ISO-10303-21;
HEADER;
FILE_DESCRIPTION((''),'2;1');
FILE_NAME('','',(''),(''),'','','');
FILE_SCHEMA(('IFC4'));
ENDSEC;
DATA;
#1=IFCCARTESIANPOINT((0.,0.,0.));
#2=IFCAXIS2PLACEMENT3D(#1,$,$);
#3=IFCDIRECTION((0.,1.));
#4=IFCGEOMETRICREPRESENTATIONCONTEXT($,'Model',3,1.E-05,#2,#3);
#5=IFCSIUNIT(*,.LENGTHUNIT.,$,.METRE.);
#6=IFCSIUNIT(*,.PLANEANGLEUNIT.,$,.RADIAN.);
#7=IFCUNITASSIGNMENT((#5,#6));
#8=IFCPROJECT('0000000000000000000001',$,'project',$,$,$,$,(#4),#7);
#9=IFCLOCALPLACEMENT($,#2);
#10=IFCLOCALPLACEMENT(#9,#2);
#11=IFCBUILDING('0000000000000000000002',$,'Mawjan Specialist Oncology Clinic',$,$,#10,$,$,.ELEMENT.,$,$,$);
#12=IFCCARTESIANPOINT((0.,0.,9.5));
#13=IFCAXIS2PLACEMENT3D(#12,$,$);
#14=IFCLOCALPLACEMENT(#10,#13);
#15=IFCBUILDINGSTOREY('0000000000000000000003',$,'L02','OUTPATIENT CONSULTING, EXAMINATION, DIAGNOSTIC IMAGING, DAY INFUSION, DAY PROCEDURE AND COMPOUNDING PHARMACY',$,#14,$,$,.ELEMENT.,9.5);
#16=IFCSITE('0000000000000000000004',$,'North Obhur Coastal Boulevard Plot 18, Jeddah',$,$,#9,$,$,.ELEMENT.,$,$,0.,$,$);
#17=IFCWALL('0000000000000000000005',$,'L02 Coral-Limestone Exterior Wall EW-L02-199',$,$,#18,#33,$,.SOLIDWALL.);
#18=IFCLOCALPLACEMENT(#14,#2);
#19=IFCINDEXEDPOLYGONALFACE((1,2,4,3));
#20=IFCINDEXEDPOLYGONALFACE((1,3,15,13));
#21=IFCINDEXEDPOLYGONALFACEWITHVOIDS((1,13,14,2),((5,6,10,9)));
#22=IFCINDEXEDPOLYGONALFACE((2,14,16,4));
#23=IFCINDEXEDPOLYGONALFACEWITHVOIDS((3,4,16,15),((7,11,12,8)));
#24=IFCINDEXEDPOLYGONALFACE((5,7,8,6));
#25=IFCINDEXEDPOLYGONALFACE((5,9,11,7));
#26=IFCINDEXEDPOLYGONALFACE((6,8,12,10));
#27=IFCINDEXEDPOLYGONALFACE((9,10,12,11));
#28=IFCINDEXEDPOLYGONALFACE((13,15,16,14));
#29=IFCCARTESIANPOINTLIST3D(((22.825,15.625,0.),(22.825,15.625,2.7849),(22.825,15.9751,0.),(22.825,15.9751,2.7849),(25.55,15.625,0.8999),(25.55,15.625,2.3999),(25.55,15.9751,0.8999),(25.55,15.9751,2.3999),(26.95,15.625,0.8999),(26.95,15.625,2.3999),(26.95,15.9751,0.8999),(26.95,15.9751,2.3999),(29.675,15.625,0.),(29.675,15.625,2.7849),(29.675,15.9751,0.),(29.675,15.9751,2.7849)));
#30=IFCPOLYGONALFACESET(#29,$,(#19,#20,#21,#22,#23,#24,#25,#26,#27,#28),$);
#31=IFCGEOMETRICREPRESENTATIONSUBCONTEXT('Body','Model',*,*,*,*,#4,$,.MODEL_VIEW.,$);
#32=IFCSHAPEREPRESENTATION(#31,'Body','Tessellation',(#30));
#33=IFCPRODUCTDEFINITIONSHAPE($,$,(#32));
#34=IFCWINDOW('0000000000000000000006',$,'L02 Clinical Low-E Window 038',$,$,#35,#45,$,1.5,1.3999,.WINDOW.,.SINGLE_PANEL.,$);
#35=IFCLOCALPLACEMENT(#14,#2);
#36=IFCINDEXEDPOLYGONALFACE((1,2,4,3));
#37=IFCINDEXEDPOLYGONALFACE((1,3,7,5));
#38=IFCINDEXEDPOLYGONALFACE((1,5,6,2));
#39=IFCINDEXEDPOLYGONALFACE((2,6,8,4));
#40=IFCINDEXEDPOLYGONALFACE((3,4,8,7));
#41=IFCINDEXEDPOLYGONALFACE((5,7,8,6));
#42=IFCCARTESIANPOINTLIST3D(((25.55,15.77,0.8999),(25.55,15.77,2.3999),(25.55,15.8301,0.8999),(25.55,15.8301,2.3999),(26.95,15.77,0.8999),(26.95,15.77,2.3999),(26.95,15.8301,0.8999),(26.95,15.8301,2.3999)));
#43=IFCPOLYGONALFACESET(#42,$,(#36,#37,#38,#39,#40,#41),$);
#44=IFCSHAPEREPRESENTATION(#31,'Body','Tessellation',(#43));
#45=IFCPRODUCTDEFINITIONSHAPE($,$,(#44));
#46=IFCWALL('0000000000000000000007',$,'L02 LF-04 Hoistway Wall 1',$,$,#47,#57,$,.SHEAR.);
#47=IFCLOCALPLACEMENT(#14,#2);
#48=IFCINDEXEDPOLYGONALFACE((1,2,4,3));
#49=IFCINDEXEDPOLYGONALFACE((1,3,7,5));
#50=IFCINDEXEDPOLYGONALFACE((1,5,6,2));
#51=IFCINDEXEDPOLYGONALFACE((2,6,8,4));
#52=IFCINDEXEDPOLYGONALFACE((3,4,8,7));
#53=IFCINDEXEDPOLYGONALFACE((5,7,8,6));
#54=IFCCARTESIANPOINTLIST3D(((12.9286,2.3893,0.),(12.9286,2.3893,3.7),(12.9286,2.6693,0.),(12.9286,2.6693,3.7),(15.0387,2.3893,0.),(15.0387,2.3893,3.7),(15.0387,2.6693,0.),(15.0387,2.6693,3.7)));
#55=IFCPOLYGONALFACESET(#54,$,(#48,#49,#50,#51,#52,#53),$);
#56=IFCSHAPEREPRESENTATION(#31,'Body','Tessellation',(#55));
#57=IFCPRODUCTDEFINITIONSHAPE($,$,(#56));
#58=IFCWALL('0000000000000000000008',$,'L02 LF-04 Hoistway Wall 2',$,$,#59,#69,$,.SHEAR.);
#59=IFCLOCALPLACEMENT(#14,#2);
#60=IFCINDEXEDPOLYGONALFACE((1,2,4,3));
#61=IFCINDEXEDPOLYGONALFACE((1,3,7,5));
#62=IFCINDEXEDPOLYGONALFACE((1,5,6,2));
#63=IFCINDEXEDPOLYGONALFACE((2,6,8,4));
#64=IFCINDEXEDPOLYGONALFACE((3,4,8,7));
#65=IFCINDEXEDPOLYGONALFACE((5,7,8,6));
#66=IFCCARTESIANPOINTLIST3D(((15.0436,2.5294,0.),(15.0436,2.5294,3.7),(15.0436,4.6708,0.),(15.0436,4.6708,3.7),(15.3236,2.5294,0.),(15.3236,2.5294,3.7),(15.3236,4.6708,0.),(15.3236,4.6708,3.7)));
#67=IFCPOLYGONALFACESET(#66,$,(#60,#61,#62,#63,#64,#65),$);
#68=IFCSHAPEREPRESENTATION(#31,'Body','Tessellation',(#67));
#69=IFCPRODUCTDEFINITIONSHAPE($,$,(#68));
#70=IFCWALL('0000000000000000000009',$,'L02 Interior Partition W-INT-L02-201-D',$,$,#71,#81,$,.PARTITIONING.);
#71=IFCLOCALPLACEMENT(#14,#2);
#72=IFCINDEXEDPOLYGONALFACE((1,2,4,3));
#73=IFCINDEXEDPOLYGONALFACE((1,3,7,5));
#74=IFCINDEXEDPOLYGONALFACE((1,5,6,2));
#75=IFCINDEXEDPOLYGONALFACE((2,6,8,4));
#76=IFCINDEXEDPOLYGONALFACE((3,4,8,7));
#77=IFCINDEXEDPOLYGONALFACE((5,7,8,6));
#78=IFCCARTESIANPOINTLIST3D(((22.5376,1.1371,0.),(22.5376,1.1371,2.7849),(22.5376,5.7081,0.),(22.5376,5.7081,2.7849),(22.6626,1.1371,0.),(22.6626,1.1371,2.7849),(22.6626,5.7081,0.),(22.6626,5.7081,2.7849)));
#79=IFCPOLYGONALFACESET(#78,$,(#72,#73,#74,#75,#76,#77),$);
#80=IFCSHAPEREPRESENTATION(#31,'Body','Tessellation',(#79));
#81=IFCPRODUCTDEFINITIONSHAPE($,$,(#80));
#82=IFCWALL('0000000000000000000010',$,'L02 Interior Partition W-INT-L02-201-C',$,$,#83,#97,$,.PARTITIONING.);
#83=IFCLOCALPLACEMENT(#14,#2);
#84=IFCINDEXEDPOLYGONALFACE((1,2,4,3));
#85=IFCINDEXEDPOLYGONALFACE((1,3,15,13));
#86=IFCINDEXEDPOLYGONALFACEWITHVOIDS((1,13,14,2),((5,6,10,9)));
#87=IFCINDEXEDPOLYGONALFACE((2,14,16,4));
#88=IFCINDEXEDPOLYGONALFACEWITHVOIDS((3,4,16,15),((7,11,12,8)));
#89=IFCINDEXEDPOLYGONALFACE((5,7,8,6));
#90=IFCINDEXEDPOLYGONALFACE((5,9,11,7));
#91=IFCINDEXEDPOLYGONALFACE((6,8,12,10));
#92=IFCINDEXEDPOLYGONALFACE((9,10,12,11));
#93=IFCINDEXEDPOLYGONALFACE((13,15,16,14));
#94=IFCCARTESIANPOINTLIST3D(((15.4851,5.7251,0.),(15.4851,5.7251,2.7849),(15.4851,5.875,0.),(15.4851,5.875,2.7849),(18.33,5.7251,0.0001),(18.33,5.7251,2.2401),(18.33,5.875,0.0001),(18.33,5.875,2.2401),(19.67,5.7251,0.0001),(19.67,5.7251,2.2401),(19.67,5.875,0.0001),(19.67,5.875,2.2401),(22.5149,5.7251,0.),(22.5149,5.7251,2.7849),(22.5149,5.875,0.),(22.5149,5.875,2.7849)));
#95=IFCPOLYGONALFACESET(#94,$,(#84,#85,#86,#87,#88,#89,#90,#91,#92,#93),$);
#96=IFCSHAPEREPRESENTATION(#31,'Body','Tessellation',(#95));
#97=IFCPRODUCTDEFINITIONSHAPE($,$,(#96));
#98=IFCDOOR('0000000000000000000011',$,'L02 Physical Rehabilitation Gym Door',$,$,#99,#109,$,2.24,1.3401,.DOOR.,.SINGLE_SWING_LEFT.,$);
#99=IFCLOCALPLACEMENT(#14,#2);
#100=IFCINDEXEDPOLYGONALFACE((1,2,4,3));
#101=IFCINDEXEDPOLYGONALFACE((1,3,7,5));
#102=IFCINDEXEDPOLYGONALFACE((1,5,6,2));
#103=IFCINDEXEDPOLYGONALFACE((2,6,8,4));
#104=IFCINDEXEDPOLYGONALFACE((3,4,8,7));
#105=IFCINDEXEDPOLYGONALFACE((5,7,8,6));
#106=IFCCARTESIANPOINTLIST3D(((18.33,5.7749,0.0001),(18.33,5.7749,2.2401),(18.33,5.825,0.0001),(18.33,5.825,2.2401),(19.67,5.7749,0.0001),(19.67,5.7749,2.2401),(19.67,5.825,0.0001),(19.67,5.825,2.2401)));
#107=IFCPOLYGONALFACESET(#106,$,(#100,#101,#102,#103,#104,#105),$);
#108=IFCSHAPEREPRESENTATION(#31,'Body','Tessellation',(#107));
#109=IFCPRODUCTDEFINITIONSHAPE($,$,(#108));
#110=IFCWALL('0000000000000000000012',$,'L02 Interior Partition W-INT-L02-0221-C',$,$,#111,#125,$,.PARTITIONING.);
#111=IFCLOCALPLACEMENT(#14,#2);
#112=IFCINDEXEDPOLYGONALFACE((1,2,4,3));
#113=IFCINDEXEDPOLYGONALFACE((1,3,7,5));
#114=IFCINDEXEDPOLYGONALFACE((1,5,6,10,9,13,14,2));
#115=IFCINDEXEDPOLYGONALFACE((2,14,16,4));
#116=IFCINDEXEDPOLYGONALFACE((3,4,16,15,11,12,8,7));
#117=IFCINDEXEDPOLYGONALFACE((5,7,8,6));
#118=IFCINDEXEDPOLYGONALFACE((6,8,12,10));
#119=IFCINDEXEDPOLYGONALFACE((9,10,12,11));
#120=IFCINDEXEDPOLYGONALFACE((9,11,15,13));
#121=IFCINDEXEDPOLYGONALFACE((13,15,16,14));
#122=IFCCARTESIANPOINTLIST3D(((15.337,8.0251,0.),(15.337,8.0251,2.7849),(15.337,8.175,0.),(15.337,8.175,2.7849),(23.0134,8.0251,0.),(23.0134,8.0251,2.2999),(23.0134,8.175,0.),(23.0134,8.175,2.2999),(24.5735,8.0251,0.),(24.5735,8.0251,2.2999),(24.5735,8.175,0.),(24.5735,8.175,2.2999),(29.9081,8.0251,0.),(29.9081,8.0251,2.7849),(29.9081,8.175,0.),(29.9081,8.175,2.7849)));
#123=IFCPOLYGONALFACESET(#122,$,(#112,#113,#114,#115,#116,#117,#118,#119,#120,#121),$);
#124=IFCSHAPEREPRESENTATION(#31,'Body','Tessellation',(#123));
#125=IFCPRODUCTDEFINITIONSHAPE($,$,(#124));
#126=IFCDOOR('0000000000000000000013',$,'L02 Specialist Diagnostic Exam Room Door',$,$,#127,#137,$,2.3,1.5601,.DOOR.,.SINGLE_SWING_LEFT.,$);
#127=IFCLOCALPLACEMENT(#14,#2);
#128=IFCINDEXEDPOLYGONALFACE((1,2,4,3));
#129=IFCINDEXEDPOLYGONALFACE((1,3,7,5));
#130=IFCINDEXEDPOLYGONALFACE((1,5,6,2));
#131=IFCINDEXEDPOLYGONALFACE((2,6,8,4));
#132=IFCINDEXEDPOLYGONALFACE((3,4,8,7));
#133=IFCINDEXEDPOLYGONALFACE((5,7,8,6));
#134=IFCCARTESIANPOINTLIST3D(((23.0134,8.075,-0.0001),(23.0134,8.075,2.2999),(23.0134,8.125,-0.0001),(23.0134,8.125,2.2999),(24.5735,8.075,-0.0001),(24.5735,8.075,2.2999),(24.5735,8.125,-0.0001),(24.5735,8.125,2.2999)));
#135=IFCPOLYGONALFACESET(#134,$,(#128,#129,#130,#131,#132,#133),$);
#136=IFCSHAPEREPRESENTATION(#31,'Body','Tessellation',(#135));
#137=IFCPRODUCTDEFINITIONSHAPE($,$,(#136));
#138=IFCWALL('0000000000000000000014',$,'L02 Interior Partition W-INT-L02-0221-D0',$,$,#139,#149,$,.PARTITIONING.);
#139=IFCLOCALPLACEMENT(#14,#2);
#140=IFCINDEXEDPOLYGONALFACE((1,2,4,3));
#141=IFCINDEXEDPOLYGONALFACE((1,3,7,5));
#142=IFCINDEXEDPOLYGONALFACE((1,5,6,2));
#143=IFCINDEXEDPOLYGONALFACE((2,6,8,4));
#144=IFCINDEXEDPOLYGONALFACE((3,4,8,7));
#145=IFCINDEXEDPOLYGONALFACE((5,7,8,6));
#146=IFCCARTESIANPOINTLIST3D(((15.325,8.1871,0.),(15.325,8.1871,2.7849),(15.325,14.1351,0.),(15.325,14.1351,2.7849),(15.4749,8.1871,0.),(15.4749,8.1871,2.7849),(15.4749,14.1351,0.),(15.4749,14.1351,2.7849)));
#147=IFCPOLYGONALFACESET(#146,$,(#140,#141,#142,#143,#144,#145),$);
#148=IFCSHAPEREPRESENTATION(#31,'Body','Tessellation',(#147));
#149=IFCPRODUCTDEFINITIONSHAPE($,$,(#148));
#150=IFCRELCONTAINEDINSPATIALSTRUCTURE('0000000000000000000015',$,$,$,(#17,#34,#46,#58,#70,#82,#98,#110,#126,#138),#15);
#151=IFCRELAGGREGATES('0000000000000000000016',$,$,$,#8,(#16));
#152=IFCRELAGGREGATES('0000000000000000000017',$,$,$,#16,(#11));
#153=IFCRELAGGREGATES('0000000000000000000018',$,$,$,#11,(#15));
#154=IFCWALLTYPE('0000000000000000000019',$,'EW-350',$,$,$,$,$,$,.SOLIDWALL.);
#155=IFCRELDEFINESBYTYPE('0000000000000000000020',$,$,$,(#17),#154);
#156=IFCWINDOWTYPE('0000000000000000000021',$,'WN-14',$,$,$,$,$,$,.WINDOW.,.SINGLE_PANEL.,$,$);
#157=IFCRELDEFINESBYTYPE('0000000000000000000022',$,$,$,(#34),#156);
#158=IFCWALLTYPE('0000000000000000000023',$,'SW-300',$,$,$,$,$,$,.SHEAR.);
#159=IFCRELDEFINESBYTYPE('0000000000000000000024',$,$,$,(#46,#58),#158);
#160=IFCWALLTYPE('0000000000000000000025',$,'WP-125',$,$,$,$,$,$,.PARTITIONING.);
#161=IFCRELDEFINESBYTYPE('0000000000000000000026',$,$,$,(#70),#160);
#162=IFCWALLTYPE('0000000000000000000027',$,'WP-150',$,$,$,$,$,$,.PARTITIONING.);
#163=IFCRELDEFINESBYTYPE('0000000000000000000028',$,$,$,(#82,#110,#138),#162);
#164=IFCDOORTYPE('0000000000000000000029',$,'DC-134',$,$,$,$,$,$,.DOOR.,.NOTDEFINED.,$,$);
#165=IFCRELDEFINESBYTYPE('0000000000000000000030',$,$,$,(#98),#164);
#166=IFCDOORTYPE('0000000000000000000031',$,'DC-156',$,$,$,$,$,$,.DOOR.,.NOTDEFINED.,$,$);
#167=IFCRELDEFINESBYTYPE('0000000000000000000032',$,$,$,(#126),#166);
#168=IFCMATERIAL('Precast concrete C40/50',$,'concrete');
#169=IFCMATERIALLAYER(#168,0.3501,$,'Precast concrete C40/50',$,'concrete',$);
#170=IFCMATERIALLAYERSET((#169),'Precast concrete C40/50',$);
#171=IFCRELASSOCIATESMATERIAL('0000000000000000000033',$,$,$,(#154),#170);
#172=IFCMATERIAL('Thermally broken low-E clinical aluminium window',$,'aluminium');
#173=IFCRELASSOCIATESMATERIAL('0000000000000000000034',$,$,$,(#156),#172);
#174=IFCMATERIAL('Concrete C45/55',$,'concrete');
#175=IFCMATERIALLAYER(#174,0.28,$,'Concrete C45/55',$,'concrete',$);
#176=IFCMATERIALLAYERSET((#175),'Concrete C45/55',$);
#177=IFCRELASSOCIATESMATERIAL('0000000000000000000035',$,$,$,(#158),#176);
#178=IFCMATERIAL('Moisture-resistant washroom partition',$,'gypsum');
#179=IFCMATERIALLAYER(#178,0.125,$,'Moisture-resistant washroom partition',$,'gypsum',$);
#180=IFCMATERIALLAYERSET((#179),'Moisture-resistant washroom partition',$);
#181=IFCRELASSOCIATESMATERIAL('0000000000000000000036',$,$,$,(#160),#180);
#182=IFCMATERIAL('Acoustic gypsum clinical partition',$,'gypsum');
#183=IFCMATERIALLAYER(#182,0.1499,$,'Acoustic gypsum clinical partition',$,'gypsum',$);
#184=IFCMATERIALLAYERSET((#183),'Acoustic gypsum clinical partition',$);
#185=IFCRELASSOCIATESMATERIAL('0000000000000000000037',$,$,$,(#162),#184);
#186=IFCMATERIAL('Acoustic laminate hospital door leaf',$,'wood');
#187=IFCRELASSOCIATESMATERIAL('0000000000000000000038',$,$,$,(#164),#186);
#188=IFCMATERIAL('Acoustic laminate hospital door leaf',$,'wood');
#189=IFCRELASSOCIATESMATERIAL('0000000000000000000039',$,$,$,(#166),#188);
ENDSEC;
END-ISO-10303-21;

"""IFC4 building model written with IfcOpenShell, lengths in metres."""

from ifc_helpers import new_model, si_unit, direction, frame, frame_2d, origin, place, context, subcontext, project, spatial, rectangle, extrude, material, layer, layer_set, type_object, element, fill, save


model = new_model("IFC4")

# Units and contexts
model_context = context("Model", 3, precision=1e-05, world=origin(), true_north=direction((0.0, 1.0)))
body_context = subcontext(model_context, "Body", "Model", "MODEL_VIEW")
ifc_project = project(units=[si_unit("LENGTHUNIT", "METRE"), si_unit("PLANEANGLEUNIT", "RADIAN")], contexts=[model_context])

# Site, building, storey
site_placement = place(None, origin())
site = spatial("IfcSite", under=ifc_project, at=site_placement, Name="North Obhur Coastal Boulevard Plot 18, Jeddah", CompositionType="ELEMENT", RefElevation=0.0)
building_placement = place(site_placement, origin())
building = spatial("IfcBuilding", under=site, at=building_placement, Name="Mawjan Specialist Oncology Clinic", CompositionType="ELEMENT")
storey_placement = place(building_placement, frame((0.0, 0.0, 9.5)))
storey = spatial("IfcBuildingStorey", under=building, at=storey_placement, Name="L02", Description="OUTPATIENT CONSULTING, EXAMINATION, DIAGNOSTIC IMAGING, DAY INFUSION, DAY PROCEDURE AND COMPOUNDING PHARMACY", CompositionType="ELEMENT", Elevation=9.5)

# Shared definitions
ifc_material_1 = material(Name="Precast concrete C40/50", Category="concrete")
ifc_layer_1 = layer(ifc_material_1, 0.3501, Name="Precast concrete C40/50", Category="concrete")
ifc_layer_set_1 = layer_set([ifc_layer_1], Name="Precast concrete C40/50")
wall_type_1 = type_object("IfcWallType", Name="EW-350", PredefinedType="SOLIDWALL", material=ifc_layer_set_1)

# Wall, opening, window
wall_1_placement = place(storey_placement, frame((22.825, 15.8, 0.0), z_axis=(0.0, 0.0, 1.0), x_axis=(1.0, 0.0, 0.0)))
wall_1 = element("IfcWall", 1, at=wall_1_placement, inside=storey, type_object=wall_type_1, Name="L02 Coral-Limestone Exterior Wall EW-L02-199", PredefinedType="SOLIDWALL", context=body_context, shape_type="SweptSolid", body=[
    extrude(rectangle(XDim=6.8501, YDim=0.3501, at=frame_2d((3.425, 0.0))), origin(), (0.0, 0.0, 1.0), 2.7849),
])
opening_1_placement = place(wall_1_placement, frame((2.7251, 0.0, 0.8999)))
opening_1 = element("IfcOpeningElement", 2, at=opening_1_placement, cuts=wall_1, PredefinedType="OPENING", context=body_context, shape_type="SweptSolid", body=[
    extrude(rectangle(XDim=1.3999, YDim=1.5, at=frame_2d((0.7, 0.75))), frame((0.0, 0.187, 0.0), z_axis=(0.0, -1.0, 0.0), x_axis=(1.0, 0.0, 0.0)), (0.0, 0.0, 1.0), 0.374),
])
ifc_material_2 = material(Name="Thermally broken low-E clinical aluminium window", Category="aluminium")
window_type = type_object("IfcWindowType", Name="WN-14", PartitioningType="SINGLE_PANEL", PredefinedType="WINDOW", material=ifc_material_2)
window_placement = place(opening_1_placement, origin())
window = element("IfcWindow", 3, at=window_placement, inside=storey, type_object=window_type, Name="L02 Clinical Low-E Window 038", OverallHeight=1.5, OverallWidth=1.3999, PartitioningType="SINGLE_PANEL", PredefinedType="WINDOW", context=body_context, shape_type="SweptSolid", body=[
    extrude(rectangle(XDim=1.3999, YDim=1.5, at=frame_2d((0.7, 0.75))), frame((0.0, 0.03, 0.0), z_axis=(0.0, -1.0, 0.0), x_axis=(1.0, 0.0, 0.0)), (0.0, 0.0, 1.0), 0.0601),
])
fill(opening_1, window)

# Walls
ifc_material_3 = material(Name="Concrete C45/55", Category="concrete")
ifc_layer_2 = layer(ifc_material_3, 0.28, Name="Concrete C45/55", Category="concrete")
ifc_layer_set_2 = layer_set([ifc_layer_2], Name="Concrete C45/55")
wall_type_2 = type_object("IfcWallType", Name="SW-300", PredefinedType="SHEAR", material=ifc_layer_set_2)
wall_2_placement = place(storey_placement, frame((12.9285, 2.5293, 0.0), z_axis=(0.0, 0.0, 1.0), x_axis=(1.0, 0.0, 0.0)))
element("IfcWall", 4, at=wall_2_placement, inside=storey, type_object=wall_type_2, Name="L02 LF-04 Hoistway Wall 1", PredefinedType="SHEAR", context=body_context, shape_type="SweptSolid", body=[
    extrude(rectangle(XDim=2.1101, YDim=0.28, at=frame_2d((1.0552, 0.0))), origin(), (0.0, 0.0, 1.0), 3.7),
])
wall_3_placement = place(storey_placement, frame((15.1836, 2.5293, 0.0), z_axis=(0.0, 0.0, 1.0), x_axis=(0.0, 1.0, 0.0)))
element("IfcWall", 5, at=wall_3_placement, inside=storey, type_object=wall_type_2, Name="L02 LF-04 Hoistway Wall 2", PredefinedType="SHEAR", context=body_context, shape_type="SweptSolid", body=[
    extrude(rectangle(XDim=2.1414, YDim=0.28, at=frame_2d((1.0708, 0.0))), origin(), (0.0, 0.0, 1.0), 3.7),
])

# Wall
ifc_material_4 = material(Name="Moisture-resistant washroom partition", Category="gypsum")
ifc_layer_3 = layer(ifc_material_4, 0.125, Name="Moisture-resistant washroom partition", Category="gypsum")
ifc_layer_set_3 = layer_set([ifc_layer_3], Name="Moisture-resistant washroom partition")
wall_type_3 = type_object("IfcWallType", Name="WP-125", PredefinedType="PARTITIONING", material=ifc_layer_set_3)
wall_4_placement = place(storey_placement, frame((22.6001, 1.137, 0.0), z_axis=(0.0, 0.0, 1.0), x_axis=(0.0, 1.0, 0.0)))
element("IfcWall", 6, at=wall_4_placement, inside=storey, type_object=wall_type_3, Name="L02 Interior Partition W-INT-L02-201-D", PredefinedType="PARTITIONING", context=body_context, shape_type="SweptSolid", body=[
    extrude(rectangle(XDim=4.571, YDim=0.125, at=frame_2d((2.2856, 0.0))), origin(), (0.0, 0.0, 1.0), 2.7849),
])

# Walls, openings, doors
ifc_material_5 = material(Name="Acoustic gypsum clinical partition", Category="gypsum")
ifc_layer_4 = layer(ifc_material_5, 0.1499, Name="Acoustic gypsum clinical partition", Category="gypsum")
ifc_layer_set_4 = layer_set([ifc_layer_4], Name="Acoustic gypsum clinical partition")
wall_type_4 = type_object("IfcWallType", Name="WP-150", PredefinedType="PARTITIONING", material=ifc_layer_set_4)
wall_5_placement = place(storey_placement, frame((15.4851, 5.8, 0.0), z_axis=(0.0, 0.0, 1.0), x_axis=(1.0, 0.0, 0.0)))
wall_5 = element("IfcWall", 7, at=wall_5_placement, inside=storey, type_object=wall_type_4, Name="L02 Interior Partition W-INT-L02-201-C", PredefinedType="PARTITIONING", context=body_context, shape_type="SweptSolid", body=[
    extrude(rectangle(XDim=7.0298, YDim=0.1499, at=frame_2d((3.5149, 0.0))), origin(), (0.0, 0.0, 1.0), 2.7849),
])
opening_2_placement = place(wall_5_placement, frame((2.845, 0.0, 0.0)))
opening_2 = element("IfcOpeningElement", 8, at=opening_2_placement, cuts=wall_5, PredefinedType="OPENING", context=body_context, shape_type="SweptSolid", body=[
    extrude(rectangle(XDim=1.3401, YDim=2.24, at=frame_2d((0.6699, 1.1201))), frame((0.0, 0.0869, 0.0), z_axis=(0.0, -1.0, 0.0), x_axis=(1.0, 0.0, 0.0)), (0.0, 0.0, 1.0), 0.1738),
])
ifc_material_6 = material(Name="Acoustic laminate hospital door leaf", Category="wood")
door_type_1 = type_object("IfcDoorType", Name="DC-134", OperationType="NOTDEFINED", PredefinedType="DOOR", material=ifc_material_6)
door_1_placement = place(opening_2_placement, origin())
door_1 = element("IfcDoor", 9, at=door_1_placement, inside=storey, type_object=door_type_1, Name="L02 Physical Rehabilitation Gym Door", OperationType="SINGLE_SWING_LEFT", OverallHeight=2.24, OverallWidth=1.3401, PredefinedType="DOOR", context=body_context, shape_type="SweptSolid", body=[
    extrude(rectangle(XDim=1.3401, YDim=2.24, at=frame_2d((0.6699, 1.1201))), frame((0.0, 0.0249, 0.0), z_axis=(0.0, -1.0, 0.0), x_axis=(1.0, 0.0, 0.0)), (0.0, 0.0, 1.0), 0.05),
])
fill(opening_2, door_1)
wall_6_placement = place(storey_placement, frame((15.3369, 8.1001, 0.0), z_axis=(0.0, 0.0, 1.0), x_axis=(1.0, 0.0, 0.0)))
wall_6 = element("IfcWall", 10, at=wall_6_placement, inside=storey, type_object=wall_type_4, Name="L02 Interior Partition W-INT-L02-0221-C", PredefinedType="PARTITIONING", context=body_context, shape_type="SweptSolid", body=[
    extrude(rectangle(XDim=14.571, YDim=0.1499, at=frame_2d((7.2856, 0.0))), origin(), (0.0, 0.0, 1.0), 2.7849),
])
opening_3_placement = place(wall_6_placement, frame((7.6765, 0.0, 0.0)))
opening_3 = element("IfcOpeningElement", 11, at=opening_3_placement, cuts=wall_6, PredefinedType="OPENING", context=body_context, shape_type="SweptSolid", body=[
    extrude(rectangle(XDim=1.5601, YDim=2.3, at=frame_2d((0.78, 1.1499))), frame((0.0, 0.0869, 0.0), z_axis=(0.0, -1.0, 0.0), x_axis=(1.0, 0.0, 0.0)), (0.0, 0.0, 1.0), 0.1738),
])
ifc_material_7 = material(Name="Acoustic laminate hospital door leaf", Category="wood")
door_type_2 = type_object("IfcDoorType", Name="DC-156", OperationType="NOTDEFINED", PredefinedType="DOOR", material=ifc_material_7)
door_2_placement = place(opening_3_placement, origin())
door_2 = element("IfcDoor", 12, at=door_2_placement, inside=storey, type_object=door_type_2, Name="L02 Specialist Diagnostic Exam Room Door", OperationType="SINGLE_SWING_LEFT", OverallHeight=2.3, OverallWidth=1.5601, PredefinedType="DOOR", context=body_context, shape_type="SweptSolid", body=[
    extrude(rectangle(XDim=1.5601, YDim=2.3, at=frame_2d((0.78, 1.1499))), frame((0.0, 0.0249, 0.0), z_axis=(0.0, -1.0, 0.0), x_axis=(1.0, 0.0, 0.0)), (0.0, 0.0, 1.0), 0.05),
])
fill(opening_3, door_2)

# Wall
wall_7_placement = place(storey_placement, frame((15.3999, 8.187, 0.0), z_axis=(0.0, 0.0, 1.0), x_axis=(0.0, 1.0, 0.0)))
element("IfcWall", 13, at=wall_7_placement, inside=storey, type_object=wall_type_4, Name="L02 Interior Partition W-INT-L02-0221-D0", PredefinedType="PARTITIONING", context=body_context, shape_type="SweptSolid", body=[
    extrude(rectangle(XDim=5.948, YDim=0.1499, at=frame_2d((2.9741, 0.0))), origin(), (0.0, 0.0, 1.0), 2.7849),
])

save(model, "model.ifc")
